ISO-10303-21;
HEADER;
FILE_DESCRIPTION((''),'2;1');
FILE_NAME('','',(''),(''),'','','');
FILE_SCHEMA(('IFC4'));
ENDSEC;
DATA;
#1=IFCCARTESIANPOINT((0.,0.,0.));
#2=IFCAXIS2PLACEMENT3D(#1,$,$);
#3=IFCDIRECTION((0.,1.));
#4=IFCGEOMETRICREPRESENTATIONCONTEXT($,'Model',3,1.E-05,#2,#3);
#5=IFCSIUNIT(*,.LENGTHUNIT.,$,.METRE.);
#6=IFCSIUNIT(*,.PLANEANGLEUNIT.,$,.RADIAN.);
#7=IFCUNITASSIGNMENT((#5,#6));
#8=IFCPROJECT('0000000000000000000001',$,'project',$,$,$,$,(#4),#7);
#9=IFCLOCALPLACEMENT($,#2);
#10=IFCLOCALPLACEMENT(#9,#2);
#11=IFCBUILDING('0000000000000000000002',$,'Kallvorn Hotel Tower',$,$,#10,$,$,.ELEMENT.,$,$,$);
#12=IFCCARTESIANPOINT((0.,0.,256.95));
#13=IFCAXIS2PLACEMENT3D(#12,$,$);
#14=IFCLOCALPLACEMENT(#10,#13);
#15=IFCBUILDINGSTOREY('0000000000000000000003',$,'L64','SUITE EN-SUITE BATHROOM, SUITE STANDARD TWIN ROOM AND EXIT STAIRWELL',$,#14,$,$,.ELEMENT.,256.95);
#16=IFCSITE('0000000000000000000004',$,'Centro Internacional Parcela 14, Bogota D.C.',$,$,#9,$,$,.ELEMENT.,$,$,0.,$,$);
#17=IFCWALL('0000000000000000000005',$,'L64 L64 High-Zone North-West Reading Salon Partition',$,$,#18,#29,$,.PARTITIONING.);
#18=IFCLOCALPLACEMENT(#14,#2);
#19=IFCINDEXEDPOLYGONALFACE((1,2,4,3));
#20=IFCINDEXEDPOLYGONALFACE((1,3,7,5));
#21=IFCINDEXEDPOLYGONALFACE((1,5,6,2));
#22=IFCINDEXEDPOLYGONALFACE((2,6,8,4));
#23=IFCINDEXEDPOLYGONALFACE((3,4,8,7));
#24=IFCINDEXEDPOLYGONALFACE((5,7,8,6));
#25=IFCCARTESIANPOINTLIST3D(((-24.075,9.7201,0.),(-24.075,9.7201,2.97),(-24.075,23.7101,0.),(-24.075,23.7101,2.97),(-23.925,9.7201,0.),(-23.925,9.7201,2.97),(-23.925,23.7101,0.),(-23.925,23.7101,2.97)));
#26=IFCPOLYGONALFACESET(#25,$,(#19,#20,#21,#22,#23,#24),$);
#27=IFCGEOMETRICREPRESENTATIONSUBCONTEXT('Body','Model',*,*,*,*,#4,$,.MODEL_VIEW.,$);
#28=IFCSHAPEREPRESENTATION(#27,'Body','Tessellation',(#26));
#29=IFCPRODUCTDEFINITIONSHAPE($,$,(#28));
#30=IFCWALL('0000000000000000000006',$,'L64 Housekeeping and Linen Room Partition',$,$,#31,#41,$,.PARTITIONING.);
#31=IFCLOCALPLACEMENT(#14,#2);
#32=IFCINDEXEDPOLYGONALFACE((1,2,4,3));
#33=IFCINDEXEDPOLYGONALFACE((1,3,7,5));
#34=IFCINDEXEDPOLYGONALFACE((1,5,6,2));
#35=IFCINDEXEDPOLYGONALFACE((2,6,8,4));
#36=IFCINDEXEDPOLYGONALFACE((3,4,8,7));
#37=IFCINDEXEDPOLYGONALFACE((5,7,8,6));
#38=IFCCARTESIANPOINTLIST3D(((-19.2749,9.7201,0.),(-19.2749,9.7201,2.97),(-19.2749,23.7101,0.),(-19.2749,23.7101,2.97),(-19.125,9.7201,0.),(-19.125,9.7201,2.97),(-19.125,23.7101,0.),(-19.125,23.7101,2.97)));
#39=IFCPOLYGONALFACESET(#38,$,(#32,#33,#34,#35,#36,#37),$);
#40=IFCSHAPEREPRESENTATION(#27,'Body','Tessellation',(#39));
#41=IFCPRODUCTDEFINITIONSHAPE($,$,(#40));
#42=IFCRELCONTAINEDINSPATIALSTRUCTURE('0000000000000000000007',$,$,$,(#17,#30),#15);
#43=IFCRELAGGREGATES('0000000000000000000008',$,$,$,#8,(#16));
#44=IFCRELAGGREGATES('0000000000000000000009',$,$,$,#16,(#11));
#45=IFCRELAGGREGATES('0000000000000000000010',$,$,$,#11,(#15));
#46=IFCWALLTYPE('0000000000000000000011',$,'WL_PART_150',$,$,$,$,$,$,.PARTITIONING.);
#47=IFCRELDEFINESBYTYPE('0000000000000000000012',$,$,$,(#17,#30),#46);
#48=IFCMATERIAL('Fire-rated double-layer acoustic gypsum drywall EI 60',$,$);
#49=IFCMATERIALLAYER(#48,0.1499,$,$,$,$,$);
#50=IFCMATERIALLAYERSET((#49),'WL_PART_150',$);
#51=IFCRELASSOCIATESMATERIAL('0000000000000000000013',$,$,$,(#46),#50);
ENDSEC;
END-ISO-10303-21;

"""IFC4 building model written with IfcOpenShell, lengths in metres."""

from ifc_helpers import new_model, si_unit, direction, frame, frame_2d, origin, place, context, subcontext, project, spatial, rectangle, extrude, material, layer, layer_set, type_object, element, save


model = new_model("IFC4")

# Units and contexts
model_context = context("Model", 3, precision=1e-05, world=origin(), true_north=direction((0.0, 1.0)))
body_context = subcontext(model_context, "Body", "Model", "MODEL_VIEW")
ifc_project = project(units=[si_unit("LENGTHUNIT", "METRE"), si_unit("PLANEANGLEUNIT", "RADIAN")], contexts=[model_context])

# Site, building, storey
site_placement = place(None, origin())
site = spatial("IfcSite", under=ifc_project, at=site_placement, Name="Centro Internacional Parcela 14, Bogota D.C.", CompositionType="ELEMENT", RefElevation=0.0)
building_placement = place(site_placement, origin())
building = spatial("IfcBuilding", under=site, at=building_placement, Name="Kallvorn Hotel Tower", CompositionType="ELEMENT")
storey_placement = place(building_placement, frame((0.0, 0.0, 256.95)))
storey = spatial("IfcBuildingStorey", under=building, at=storey_placement, Name="L64", Description="SUITE EN-SUITE BATHROOM, SUITE STANDARD TWIN ROOM AND EXIT STAIRWELL", CompositionType="ELEMENT", Elevation=256.95)

# Walls
ifc_material_1 = material(Name="Fire-rated double-layer acoustic gypsum drywall EI 60")
ifc_layer_1 = layer(ifc_material_1, 0.1499)
ifc_layer_set_1 = layer_set([ifc_layer_1], Name="WL_PART_150")
wall_type_1 = type_object("IfcWallType", Name="WL_PART_150", PredefinedType="PARTITIONING", material=ifc_layer_set_1)
for number, where, z_axis, x_axis, name in (
    (1, (-24.0, 9.72, 0.0), (0.0, 0.0, 1.0), (0.0, 1.0, 0.0), "L64 L64 High-Zone North-West Reading Salon Partition"),
    (2, (-19.2, 9.72, 0.0), (0.0, 0.0, 1.0), (0.0, 1.0, 0.0), "L64 Housekeeping and Linen Room Partition"),
):
    element("IfcWall", number, at=place(storey_placement, frame(where, z_axis=z_axis, x_axis=x_axis)), inside=storey, type_object=wall_type_1, Name=name, PredefinedType="PARTITIONING", context=body_context, shape_type="SweptSolid", body=[
        extrude(rectangle(XDim=13.99, YDim=0.1499, at=frame_2d((6.9951, 0.0))), origin(), (0.0, 0.0, 1.0), 2.97),
    ])

save(model, "model.ifc")
